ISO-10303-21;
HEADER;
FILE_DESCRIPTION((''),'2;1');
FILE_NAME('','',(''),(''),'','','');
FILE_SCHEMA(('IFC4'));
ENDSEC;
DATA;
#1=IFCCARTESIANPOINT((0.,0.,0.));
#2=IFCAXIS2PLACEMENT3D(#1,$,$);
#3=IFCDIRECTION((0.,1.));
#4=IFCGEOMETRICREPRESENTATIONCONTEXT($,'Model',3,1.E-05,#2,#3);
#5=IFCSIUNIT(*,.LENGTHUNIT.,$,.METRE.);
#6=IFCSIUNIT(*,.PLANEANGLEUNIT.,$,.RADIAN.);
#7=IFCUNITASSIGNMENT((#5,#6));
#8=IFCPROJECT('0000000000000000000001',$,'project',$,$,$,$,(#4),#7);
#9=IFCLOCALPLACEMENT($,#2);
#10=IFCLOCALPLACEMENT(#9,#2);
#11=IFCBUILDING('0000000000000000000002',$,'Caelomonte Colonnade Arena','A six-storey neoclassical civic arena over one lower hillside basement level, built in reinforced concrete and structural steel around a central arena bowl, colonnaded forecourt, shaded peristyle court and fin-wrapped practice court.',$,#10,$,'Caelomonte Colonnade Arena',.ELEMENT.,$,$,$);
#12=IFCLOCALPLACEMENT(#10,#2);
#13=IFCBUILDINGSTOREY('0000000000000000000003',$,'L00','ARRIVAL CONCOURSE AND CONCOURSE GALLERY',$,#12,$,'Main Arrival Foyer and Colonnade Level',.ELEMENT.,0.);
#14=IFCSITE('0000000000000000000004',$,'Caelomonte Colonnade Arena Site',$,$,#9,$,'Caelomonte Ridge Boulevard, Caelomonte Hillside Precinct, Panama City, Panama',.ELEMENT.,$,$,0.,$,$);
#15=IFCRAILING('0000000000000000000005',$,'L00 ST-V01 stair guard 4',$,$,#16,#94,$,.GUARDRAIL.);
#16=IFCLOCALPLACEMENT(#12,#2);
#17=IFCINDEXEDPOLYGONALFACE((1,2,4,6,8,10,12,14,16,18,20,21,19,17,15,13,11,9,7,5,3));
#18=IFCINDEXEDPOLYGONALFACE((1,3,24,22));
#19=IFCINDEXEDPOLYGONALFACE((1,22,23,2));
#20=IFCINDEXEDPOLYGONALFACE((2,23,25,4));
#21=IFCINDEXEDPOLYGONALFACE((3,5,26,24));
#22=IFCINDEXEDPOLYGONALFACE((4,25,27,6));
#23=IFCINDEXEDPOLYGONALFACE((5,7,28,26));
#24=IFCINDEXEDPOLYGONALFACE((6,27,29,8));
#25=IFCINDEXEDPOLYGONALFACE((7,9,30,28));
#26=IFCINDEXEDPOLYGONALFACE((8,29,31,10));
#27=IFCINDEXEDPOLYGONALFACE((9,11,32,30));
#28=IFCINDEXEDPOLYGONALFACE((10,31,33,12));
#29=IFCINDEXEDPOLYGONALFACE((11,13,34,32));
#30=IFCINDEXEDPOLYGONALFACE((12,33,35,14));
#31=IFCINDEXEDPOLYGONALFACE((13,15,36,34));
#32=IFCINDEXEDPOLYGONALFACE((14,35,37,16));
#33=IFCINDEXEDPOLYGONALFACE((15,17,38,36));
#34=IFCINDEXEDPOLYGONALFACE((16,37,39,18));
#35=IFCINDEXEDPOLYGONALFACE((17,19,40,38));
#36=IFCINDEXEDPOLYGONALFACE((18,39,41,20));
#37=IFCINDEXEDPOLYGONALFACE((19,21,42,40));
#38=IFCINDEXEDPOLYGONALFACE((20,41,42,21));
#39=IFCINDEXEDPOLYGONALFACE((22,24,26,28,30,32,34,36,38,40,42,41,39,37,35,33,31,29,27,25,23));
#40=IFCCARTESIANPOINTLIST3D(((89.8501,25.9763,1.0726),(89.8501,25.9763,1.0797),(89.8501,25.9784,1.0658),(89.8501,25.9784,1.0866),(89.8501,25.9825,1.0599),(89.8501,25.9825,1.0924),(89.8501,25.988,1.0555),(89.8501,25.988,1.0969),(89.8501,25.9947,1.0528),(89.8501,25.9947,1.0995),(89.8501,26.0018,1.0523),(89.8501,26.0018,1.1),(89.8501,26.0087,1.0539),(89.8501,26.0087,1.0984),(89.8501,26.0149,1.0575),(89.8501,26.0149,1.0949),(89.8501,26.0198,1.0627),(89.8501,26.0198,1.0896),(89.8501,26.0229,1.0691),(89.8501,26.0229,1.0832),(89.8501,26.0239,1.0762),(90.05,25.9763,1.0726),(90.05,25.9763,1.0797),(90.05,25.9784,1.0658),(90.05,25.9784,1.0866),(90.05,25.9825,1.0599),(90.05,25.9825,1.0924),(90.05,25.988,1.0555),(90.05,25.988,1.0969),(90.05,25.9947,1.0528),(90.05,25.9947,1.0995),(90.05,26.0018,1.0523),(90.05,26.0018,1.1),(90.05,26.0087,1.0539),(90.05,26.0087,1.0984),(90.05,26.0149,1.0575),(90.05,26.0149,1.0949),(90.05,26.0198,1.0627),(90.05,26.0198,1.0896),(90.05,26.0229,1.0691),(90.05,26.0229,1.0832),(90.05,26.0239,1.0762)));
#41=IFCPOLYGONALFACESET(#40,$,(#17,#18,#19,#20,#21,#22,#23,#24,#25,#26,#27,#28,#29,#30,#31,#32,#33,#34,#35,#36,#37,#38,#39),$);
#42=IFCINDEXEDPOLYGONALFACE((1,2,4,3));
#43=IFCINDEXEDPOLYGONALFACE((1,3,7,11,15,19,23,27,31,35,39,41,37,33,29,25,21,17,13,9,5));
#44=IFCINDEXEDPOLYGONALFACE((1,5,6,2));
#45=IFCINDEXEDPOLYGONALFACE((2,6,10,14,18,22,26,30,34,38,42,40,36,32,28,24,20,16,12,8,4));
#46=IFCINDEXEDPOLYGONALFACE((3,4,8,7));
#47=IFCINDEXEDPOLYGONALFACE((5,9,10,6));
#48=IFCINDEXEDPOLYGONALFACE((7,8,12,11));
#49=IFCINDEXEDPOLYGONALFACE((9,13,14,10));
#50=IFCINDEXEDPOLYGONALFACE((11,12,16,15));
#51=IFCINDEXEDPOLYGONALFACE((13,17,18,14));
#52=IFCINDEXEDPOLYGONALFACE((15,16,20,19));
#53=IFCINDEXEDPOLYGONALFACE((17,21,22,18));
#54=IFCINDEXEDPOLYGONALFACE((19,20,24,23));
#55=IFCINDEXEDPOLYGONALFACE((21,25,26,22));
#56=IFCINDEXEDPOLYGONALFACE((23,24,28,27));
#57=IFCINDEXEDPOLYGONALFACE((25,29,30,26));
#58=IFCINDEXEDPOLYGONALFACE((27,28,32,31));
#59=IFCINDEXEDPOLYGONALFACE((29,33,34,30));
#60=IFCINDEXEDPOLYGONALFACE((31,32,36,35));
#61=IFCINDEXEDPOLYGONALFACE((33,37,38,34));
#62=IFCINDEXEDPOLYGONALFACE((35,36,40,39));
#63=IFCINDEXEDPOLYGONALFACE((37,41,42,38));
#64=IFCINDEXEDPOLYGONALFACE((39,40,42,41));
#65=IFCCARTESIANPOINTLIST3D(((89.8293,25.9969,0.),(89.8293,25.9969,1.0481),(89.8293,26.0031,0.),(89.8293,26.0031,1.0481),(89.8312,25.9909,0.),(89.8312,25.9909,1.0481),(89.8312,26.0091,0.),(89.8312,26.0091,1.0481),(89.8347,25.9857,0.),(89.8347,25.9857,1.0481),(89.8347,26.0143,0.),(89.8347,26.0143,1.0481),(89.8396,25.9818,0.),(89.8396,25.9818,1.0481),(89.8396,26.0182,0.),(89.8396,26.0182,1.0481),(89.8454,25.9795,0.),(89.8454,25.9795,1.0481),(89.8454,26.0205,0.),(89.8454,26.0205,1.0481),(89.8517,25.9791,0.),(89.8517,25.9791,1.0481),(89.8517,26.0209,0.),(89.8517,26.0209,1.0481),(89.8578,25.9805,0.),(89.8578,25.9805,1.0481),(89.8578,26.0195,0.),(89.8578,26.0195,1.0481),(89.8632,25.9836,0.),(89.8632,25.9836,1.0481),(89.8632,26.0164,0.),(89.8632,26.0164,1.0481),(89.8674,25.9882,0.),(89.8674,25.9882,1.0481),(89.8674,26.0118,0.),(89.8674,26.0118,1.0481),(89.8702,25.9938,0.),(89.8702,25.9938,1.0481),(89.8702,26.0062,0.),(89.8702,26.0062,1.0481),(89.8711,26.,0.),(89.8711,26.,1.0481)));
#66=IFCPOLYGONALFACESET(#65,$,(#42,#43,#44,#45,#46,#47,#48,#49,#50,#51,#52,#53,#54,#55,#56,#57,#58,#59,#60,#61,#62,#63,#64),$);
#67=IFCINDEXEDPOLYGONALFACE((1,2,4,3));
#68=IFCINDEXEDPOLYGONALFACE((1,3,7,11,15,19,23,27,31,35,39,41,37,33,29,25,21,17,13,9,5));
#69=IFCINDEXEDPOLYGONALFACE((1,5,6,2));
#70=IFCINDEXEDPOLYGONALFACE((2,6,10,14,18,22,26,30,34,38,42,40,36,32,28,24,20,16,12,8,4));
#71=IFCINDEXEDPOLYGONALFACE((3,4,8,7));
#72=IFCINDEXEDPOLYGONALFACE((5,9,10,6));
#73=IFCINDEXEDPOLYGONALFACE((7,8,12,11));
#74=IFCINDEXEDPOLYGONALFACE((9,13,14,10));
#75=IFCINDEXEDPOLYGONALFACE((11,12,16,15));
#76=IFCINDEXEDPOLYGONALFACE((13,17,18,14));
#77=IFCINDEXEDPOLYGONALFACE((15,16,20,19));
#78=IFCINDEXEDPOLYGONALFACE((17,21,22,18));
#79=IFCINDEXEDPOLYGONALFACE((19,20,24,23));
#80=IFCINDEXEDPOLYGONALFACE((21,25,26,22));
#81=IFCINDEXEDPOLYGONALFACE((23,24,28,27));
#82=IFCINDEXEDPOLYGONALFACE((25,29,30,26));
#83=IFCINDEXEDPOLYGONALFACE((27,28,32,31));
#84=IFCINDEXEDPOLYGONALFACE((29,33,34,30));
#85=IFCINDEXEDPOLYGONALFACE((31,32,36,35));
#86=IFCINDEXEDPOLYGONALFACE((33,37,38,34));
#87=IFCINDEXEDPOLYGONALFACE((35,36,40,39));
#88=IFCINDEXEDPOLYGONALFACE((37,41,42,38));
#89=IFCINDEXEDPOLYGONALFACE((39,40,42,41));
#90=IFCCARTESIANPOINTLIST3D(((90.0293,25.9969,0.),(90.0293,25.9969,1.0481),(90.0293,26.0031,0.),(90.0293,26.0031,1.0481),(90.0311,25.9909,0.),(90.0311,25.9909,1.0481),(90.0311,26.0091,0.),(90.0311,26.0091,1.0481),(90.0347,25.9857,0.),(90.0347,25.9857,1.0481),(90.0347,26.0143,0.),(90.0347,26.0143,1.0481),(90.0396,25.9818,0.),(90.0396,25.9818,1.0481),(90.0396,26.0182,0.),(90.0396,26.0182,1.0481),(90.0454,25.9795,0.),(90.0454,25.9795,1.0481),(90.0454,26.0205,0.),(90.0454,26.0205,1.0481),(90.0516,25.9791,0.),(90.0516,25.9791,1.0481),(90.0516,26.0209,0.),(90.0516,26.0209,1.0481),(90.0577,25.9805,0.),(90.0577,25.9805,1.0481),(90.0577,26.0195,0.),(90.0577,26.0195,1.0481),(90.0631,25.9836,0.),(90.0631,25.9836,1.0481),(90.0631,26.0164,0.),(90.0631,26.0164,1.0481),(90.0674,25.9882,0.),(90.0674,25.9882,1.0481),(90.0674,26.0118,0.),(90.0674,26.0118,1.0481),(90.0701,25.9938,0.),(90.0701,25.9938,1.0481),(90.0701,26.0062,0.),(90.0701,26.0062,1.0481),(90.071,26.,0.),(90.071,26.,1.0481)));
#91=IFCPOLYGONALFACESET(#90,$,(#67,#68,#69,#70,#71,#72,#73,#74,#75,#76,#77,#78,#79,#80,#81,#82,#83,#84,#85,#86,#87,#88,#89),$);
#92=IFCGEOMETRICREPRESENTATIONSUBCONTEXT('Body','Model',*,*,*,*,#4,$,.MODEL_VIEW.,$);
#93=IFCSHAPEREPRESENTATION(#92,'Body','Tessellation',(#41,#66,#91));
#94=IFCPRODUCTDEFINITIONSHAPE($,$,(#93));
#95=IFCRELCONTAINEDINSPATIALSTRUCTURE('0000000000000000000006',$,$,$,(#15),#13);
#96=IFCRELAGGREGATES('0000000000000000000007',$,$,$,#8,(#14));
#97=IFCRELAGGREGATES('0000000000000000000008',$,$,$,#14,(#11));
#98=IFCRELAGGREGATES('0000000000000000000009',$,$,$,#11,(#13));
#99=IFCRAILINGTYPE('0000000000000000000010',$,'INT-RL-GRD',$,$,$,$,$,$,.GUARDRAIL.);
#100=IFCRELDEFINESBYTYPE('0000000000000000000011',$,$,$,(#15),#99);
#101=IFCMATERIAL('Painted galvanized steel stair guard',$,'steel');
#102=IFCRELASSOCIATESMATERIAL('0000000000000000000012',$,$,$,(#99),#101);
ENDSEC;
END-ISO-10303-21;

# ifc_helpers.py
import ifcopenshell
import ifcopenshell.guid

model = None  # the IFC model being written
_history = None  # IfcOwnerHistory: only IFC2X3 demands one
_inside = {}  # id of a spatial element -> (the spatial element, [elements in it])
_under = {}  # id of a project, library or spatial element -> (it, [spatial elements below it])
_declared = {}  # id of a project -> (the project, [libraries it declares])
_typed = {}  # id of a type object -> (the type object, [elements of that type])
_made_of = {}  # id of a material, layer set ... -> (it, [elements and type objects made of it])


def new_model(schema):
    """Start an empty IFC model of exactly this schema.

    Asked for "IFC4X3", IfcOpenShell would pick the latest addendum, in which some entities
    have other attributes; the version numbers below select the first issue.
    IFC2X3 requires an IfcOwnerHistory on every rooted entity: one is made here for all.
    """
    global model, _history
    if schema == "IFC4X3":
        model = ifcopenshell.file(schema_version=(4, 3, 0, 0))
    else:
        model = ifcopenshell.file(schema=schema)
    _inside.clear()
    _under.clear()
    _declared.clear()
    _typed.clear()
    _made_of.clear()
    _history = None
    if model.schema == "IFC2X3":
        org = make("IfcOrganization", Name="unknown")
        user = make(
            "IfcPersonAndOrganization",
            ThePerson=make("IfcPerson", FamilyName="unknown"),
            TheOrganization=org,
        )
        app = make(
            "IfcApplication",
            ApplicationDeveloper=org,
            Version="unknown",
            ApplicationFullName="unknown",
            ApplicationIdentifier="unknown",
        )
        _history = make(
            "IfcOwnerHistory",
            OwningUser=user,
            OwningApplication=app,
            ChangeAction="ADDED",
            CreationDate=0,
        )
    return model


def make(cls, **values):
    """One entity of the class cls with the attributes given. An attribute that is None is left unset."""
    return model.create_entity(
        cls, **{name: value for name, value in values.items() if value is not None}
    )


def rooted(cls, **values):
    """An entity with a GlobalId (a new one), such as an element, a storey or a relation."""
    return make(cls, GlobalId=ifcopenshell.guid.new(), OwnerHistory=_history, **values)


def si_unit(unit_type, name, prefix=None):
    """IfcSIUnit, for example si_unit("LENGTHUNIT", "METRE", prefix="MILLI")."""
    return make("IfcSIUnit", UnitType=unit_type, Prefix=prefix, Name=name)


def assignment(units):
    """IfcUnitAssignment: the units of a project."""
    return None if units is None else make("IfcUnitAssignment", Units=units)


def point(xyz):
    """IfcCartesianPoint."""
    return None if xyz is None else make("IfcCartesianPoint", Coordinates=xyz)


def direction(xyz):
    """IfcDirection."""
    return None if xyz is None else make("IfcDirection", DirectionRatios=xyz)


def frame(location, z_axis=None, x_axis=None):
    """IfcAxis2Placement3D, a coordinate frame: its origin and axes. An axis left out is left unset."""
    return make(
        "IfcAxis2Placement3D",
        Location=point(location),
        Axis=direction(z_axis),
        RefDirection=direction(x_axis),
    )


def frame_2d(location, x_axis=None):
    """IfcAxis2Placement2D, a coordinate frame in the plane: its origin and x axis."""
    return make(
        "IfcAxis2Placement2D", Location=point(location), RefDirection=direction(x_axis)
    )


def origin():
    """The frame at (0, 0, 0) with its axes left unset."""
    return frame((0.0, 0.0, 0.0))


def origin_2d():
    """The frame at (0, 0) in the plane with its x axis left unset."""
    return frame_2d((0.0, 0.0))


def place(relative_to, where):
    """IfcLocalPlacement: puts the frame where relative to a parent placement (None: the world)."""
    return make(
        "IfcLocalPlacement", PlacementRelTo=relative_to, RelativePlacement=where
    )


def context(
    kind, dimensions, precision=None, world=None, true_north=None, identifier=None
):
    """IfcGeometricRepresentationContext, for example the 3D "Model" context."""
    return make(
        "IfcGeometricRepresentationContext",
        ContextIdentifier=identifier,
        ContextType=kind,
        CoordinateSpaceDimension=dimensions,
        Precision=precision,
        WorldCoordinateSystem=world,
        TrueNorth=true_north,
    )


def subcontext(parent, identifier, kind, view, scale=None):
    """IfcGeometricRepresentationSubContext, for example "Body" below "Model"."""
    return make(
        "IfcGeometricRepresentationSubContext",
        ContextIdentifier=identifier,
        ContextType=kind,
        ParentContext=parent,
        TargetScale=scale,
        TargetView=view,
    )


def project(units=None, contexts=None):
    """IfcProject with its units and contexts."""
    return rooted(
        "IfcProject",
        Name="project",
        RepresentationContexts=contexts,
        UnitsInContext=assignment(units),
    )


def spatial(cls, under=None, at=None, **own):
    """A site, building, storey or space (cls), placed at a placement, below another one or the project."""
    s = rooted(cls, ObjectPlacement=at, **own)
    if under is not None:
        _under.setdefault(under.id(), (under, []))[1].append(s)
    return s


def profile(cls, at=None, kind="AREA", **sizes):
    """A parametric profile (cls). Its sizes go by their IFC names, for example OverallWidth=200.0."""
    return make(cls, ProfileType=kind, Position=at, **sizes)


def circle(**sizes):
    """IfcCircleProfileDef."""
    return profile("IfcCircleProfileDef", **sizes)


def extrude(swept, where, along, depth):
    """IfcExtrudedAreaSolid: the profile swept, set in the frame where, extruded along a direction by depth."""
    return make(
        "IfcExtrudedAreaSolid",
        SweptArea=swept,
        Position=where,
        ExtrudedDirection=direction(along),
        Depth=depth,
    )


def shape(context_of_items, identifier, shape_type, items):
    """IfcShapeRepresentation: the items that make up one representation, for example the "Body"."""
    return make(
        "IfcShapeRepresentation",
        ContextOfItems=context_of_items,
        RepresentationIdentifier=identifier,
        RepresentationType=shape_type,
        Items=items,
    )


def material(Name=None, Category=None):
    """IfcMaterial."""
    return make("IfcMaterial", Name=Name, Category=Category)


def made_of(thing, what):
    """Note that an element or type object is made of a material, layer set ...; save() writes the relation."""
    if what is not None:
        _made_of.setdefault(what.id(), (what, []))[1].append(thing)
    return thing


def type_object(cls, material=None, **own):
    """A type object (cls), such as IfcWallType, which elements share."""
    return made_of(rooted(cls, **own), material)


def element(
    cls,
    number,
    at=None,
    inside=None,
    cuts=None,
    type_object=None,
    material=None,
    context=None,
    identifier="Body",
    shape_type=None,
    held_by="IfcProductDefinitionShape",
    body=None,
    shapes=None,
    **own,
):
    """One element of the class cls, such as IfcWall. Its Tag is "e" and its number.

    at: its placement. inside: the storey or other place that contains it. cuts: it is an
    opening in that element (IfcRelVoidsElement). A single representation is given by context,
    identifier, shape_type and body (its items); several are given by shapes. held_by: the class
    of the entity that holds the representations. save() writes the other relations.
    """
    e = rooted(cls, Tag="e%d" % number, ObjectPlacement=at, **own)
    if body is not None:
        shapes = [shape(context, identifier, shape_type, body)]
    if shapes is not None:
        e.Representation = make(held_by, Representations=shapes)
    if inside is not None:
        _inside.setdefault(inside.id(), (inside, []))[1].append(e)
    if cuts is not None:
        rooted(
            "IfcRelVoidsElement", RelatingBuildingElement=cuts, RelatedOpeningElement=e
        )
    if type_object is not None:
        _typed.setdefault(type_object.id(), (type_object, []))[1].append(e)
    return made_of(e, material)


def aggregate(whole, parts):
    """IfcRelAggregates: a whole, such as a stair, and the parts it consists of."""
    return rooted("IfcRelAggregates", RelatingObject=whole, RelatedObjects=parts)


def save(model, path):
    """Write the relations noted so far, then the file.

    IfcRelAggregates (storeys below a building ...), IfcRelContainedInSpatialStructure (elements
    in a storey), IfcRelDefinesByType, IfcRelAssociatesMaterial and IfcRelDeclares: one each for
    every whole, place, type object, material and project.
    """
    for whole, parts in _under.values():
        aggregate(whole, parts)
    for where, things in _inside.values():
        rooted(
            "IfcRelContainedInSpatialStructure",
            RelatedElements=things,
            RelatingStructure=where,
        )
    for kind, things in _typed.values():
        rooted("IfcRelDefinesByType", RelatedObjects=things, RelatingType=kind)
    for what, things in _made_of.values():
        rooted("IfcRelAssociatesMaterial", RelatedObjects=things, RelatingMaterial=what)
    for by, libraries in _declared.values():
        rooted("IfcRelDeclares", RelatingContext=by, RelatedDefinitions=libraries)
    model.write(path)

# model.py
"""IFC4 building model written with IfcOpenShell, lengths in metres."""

from ifc_helpers import new_model, si_unit, direction, frame, origin, origin_2d, place, context, subcontext, project, spatial, circle, extrude, material, type_object, element, save


model = new_model("IFC4")

# Units and contexts
model_context = context("Model", 3, precision=1e-05, world=origin(), true_north=direction((0.0, 1.0)))
body_context = subcontext(model_context, "Body", "Model", "MODEL_VIEW")
ifc_project = project(units=[si_unit("LENGTHUNIT", "METRE"), si_unit("PLANEANGLEUNIT", "RADIAN")], contexts=[model_context])

# Site, building, storey
site_placement = place(None, origin())
site = spatial("IfcSite", under=ifc_project, at=site_placement, Name="Caelomonte Colonnade Arena Site", LongName="Caelomonte Ridge Boulevard, Caelomonte Hillside Precinct, Panama City, Panama", CompositionType="ELEMENT", RefElevation=0.0)
building_placement = place(site_placement, origin())
building = spatial("IfcBuilding", under=site, at=building_placement, Name="Caelomonte Colonnade Arena", Description="A six-storey neoclassical civic arena over one lower hillside basement level, built in reinforced concrete and structural steel around a central arena bowl, colonnaded forecourt, shaded peristyle court and fin-wrapped practice court.", LongName="Caelomonte Colonnade Arena", CompositionType="ELEMENT")
storey_placement = place(building_placement, origin())
storey = spatial("IfcBuildingStorey", under=building, at=storey_placement, Name="L00", Description="ARRIVAL CONCOURSE AND CONCOURSE GALLERY", LongName="Main Arrival Foyer and Colonnade Level", CompositionType="ELEMENT", Elevation=0.0)

# Railing
ifc_material_1 = material(Name="Painted galvanized steel stair guard", Category="steel")
railing_type_1 = type_object("IfcRailingType", Name="INT-RL-GRD", PredefinedType="GUARDRAIL", material=ifc_material_1)
railing_1_placement = place(storey_placement, frame((89.8501, 26.0, 0.0)))
element("IfcRailing", 1, at=railing_1_placement, inside=storey, type_object=railing_type_1, Name="L00 ST-V01 stair guard 4", PredefinedType="GUARDRAIL", context=body_context, shape_type="SweptSolid", body=[
    extrude(circle(Radius=0.0239, at=origin_2d()), frame((0.0, 0.0, 1.0762), z_axis=(1.0, 0.0, 0.0), x_axis=(0.0, 1.0, 0.0)), (0.0, 0.0, 1.0), 0.2),
    extrude(circle(Radius=0.021, at=origin_2d()), origin(), (0.0, 0.0, 1.0), 1.0481),
    extrude(circle(Radius=0.021, at=origin_2d()), frame((0.2, 0.0, 0.0)), (0.0, 0.0, 1.0), 1.0481),
])

save(model, "model.ifc")
